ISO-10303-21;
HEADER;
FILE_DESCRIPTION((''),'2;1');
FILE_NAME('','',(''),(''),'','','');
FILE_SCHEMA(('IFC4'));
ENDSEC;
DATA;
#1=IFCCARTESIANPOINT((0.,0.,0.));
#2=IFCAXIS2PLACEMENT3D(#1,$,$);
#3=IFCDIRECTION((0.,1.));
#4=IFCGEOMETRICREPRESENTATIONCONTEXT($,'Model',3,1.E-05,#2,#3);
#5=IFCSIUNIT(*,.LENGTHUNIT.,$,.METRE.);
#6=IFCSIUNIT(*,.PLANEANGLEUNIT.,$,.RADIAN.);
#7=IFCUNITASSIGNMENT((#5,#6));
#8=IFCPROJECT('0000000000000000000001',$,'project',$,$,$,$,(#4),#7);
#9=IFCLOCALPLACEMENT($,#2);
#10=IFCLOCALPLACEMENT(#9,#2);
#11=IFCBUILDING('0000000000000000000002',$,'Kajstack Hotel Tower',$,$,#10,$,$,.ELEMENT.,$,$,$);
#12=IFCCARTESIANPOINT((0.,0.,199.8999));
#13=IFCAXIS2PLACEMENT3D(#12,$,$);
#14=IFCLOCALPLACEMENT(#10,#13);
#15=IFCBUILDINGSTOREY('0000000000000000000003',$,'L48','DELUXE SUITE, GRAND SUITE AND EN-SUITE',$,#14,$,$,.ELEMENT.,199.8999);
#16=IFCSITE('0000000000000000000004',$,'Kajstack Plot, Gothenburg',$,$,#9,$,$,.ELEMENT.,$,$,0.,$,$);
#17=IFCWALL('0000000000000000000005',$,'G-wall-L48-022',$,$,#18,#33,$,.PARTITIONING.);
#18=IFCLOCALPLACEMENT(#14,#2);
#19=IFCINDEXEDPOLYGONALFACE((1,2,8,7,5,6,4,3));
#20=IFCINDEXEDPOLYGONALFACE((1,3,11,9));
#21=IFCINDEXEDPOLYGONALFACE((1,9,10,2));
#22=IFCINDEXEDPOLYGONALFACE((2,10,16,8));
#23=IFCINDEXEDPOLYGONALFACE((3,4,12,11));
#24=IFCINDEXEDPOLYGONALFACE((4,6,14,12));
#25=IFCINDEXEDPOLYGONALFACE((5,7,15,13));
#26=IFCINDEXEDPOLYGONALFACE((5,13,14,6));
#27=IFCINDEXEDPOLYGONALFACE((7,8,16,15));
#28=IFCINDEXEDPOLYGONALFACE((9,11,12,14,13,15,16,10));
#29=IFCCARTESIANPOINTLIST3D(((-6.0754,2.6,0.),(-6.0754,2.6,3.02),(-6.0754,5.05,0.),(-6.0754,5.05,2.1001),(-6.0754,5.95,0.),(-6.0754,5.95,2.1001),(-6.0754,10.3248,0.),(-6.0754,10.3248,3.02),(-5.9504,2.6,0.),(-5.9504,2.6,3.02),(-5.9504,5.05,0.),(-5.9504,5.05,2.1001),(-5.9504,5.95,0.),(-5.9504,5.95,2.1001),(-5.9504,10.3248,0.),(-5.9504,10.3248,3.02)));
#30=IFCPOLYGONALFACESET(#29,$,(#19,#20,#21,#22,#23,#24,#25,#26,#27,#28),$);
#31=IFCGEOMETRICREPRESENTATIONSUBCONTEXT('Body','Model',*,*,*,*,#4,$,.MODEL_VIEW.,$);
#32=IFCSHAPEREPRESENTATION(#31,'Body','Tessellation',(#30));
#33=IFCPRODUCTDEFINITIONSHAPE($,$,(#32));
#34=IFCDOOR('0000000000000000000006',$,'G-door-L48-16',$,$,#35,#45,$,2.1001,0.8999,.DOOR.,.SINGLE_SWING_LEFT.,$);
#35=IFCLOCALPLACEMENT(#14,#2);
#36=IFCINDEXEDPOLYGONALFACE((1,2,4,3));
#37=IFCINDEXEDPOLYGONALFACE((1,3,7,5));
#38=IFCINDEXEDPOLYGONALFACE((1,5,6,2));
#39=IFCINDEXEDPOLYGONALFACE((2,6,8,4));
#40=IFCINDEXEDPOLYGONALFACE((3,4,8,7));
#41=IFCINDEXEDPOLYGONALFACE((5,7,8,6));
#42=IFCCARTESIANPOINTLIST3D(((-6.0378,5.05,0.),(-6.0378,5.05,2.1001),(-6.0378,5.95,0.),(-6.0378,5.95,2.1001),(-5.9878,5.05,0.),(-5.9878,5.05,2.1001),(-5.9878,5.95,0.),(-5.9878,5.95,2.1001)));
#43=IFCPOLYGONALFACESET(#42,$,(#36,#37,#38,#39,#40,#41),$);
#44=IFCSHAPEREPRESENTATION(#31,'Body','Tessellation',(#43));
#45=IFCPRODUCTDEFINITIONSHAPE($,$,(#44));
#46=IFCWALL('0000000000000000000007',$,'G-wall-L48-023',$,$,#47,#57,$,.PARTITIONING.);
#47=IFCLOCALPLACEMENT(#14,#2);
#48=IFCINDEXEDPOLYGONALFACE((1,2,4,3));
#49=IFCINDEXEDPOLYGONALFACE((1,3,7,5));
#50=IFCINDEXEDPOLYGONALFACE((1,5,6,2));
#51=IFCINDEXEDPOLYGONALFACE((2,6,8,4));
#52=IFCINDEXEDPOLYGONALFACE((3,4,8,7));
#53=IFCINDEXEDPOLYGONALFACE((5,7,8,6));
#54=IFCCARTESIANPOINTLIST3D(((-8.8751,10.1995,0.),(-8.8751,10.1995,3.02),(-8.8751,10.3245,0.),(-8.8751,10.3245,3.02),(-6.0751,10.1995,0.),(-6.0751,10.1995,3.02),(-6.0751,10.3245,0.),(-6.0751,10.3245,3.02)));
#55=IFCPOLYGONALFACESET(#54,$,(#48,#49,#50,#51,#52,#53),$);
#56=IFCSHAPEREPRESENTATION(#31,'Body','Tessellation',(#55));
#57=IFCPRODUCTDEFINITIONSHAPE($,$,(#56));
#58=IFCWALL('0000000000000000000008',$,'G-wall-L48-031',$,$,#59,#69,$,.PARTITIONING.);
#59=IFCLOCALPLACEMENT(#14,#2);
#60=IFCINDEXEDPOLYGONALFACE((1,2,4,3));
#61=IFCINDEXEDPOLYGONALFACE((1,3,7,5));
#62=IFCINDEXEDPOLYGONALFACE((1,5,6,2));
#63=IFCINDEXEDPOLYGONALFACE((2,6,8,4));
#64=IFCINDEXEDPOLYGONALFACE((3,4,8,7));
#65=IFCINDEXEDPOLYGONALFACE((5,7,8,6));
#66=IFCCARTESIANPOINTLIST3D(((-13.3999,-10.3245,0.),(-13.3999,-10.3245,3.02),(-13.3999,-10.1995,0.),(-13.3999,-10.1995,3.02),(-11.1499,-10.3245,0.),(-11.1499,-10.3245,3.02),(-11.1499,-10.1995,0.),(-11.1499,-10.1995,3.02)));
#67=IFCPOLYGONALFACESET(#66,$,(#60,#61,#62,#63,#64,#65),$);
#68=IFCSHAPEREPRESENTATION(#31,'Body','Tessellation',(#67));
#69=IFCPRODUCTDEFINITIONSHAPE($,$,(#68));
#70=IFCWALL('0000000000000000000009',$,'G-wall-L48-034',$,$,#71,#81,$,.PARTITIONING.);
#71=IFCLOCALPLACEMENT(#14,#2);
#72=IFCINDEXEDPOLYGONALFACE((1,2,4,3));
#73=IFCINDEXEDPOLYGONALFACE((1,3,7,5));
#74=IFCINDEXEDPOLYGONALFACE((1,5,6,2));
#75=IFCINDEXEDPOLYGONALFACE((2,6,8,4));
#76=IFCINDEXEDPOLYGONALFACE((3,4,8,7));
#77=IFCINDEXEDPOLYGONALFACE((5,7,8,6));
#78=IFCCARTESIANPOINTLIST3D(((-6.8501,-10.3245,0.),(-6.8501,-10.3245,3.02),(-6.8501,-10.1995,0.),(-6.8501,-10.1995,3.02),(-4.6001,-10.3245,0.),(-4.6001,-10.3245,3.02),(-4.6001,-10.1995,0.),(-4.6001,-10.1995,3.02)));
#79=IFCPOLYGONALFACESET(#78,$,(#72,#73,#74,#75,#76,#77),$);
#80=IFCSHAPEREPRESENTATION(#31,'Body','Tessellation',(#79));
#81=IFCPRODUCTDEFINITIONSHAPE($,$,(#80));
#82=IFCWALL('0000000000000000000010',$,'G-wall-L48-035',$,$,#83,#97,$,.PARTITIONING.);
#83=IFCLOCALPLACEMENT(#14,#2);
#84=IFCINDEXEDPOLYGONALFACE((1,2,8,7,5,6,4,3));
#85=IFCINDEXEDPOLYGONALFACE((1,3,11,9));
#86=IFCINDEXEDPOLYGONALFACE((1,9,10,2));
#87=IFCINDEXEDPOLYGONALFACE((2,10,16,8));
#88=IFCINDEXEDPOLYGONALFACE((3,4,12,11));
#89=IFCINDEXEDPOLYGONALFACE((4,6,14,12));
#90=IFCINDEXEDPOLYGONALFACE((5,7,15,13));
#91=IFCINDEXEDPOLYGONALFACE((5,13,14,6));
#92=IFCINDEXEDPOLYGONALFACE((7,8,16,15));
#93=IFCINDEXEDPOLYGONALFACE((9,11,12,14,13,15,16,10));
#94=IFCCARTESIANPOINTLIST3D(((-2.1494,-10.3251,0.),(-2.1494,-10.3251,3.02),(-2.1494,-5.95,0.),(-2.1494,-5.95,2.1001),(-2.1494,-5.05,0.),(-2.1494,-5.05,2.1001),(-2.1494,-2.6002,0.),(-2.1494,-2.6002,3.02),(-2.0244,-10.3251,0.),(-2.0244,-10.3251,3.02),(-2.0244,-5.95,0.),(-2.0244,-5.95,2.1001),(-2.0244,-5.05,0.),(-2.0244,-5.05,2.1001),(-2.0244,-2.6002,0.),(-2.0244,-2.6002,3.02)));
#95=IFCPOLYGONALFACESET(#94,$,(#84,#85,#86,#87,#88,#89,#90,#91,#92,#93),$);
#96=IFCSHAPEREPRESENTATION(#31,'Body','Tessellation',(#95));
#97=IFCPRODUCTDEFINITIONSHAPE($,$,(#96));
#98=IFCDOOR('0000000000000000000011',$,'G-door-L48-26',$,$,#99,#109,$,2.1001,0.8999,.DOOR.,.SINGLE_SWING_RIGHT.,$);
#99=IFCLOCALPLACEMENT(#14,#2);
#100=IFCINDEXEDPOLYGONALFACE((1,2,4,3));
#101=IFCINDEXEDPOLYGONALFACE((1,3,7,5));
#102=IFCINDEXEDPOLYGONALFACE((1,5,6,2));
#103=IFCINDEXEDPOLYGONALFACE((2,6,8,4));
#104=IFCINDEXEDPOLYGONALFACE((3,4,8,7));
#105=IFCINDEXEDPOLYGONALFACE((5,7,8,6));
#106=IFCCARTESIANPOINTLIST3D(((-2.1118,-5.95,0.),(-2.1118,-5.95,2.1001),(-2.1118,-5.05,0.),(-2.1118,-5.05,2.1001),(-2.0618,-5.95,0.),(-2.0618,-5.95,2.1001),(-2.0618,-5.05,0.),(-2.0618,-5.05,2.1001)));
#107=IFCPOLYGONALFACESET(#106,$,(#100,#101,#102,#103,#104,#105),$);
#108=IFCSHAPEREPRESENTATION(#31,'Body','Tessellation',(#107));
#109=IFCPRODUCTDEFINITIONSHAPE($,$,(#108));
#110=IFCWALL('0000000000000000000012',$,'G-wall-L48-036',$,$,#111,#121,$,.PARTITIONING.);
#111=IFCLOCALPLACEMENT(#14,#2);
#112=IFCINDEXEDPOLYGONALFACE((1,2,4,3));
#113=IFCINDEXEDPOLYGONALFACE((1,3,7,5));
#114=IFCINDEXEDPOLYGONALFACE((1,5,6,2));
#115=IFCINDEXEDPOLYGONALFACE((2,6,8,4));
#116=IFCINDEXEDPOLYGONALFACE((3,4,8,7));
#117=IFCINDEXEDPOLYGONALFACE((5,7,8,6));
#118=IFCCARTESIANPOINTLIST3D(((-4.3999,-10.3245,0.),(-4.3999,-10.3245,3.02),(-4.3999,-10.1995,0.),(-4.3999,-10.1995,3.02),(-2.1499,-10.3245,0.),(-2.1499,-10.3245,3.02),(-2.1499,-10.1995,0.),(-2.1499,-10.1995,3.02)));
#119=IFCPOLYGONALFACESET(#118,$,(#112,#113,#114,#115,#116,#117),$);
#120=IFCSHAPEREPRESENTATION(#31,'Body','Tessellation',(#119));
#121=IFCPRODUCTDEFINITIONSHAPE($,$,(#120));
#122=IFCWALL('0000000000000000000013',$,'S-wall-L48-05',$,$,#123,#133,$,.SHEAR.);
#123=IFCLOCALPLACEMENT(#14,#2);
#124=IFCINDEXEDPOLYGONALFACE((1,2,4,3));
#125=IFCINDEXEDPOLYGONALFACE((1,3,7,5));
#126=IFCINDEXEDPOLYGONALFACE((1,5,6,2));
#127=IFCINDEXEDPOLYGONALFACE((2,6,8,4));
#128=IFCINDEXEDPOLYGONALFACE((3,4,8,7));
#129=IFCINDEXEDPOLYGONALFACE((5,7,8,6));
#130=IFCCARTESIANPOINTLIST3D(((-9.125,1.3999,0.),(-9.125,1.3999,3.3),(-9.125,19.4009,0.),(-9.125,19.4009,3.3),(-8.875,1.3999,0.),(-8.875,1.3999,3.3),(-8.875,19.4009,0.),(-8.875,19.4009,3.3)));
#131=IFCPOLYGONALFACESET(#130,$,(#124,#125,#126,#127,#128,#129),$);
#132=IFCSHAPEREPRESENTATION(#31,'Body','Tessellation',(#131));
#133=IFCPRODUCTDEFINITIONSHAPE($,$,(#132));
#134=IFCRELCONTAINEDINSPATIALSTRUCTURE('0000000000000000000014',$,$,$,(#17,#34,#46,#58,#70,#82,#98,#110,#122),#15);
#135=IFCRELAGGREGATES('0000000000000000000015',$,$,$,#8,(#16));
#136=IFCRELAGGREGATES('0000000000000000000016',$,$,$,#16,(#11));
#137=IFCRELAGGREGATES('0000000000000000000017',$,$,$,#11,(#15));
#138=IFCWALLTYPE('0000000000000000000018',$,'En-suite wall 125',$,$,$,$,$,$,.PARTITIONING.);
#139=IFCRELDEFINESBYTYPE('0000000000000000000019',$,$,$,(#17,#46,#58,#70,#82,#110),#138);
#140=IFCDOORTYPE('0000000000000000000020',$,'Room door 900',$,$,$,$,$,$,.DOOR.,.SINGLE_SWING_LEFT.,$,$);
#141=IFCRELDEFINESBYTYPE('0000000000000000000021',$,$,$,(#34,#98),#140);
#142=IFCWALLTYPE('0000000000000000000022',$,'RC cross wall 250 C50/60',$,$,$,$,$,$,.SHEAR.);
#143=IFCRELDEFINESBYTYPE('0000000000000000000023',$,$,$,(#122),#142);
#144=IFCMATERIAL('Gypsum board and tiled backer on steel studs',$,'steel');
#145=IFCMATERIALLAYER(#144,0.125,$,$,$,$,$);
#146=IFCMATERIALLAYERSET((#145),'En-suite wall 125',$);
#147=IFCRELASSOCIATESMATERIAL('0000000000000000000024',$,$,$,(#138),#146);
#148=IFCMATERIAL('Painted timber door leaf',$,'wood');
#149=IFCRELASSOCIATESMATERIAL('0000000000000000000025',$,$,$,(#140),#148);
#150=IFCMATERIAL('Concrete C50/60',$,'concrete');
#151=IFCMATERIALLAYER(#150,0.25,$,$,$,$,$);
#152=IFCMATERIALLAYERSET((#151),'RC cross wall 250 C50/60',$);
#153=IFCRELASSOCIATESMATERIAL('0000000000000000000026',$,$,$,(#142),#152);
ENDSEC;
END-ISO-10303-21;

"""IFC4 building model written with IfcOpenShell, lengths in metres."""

from ifc_helpers import new_model, si_unit, direction, frame, frame_2d, origin, place, context, subcontext, project, spatial, rectangle, extrude, material, layer, layer_set, type_object, element, fill, save


model = new_model("IFC4")

# Units and contexts
model_context = context("Model", 3, precision=1e-05, world=origin(), true_north=direction((0.0, 1.0)))
body_context = subcontext(model_context, "Body", "Model", "MODEL_VIEW")
ifc_project = project(units=[si_unit("LENGTHUNIT", "METRE"), si_unit("PLANEANGLEUNIT", "RADIAN")], contexts=[model_context])

# Site, building, storey
site_placement = place(None, origin())
site = spatial("IfcSite", under=ifc_project, at=site_placement, Name="Kajstack Plot, Gothenburg", CompositionType="ELEMENT", RefElevation=0.0)
building_placement = place(site_placement, origin())
building = spatial("IfcBuilding", under=site, at=building_placement, Name="Kajstack Hotel Tower", CompositionType="ELEMENT")
storey_placement = place(building_placement, frame((0.0, 0.0, 199.8999)))
storey = spatial("IfcBuildingStorey", under=building, at=storey_placement, Name="L48", Description="DELUXE SUITE, GRAND SUITE AND EN-SUITE", CompositionType="ELEMENT", Elevation=199.8999)

# Shared definitions
ifc_material_1 = material(Name="Gypsum board and tiled backer on steel studs", Category="steel")
ifc_layer_1 = layer(ifc_material_1, 0.125)
ifc_layer_set_1 = layer_set([ifc_layer_1], Name="En-suite wall 125")
wall_type_1 = type_object("IfcWallType", Name="En-suite wall 125", PredefinedType="PARTITIONING", material=ifc_layer_set_1)
ifc_material_2 = material(Name="Painted timber door leaf", Category="wood")
door_type_1 = type_object("IfcDoorType", Name="Room door 900", OperationType="SINGLE_SWING_LEFT", PredefinedType="DOOR", material=ifc_material_2)

# Wall, opening, door
wall_1_placement = place(storey_placement, frame((-6.0129, 2.6001, 0.0), z_axis=(0.0, 0.0, 1.0), x_axis=(0.0, 1.0, 0.0)))
wall_1 = element("IfcWall", 1, at=wall_1_placement, inside=storey, type_object=wall_type_1, Name="G-wall-L48-022", PredefinedType="PARTITIONING", context=body_context, shape_type="SweptSolid", body=[
    extrude(rectangle(XDim=7.7249, YDim=0.125, at=frame_2d((3.8623, 0.0))), origin(), (0.0, 0.0, 1.0), 3.02),
])
opening_1_placement = place(wall_1_placement, frame((2.45, 0.0, 0.0)))
opening_1 = element("IfcOpeningElement", 2, at=opening_1_placement, cuts=wall_1, PredefinedType="OPENING", context=body_context, shape_type="SweptSolid", body=[
    extrude(rectangle(XDim=0.8999, YDim=2.1001, at=frame_2d((0.45, 1.05))), frame((0.0, 0.0725, 0.0), z_axis=(0.0, -1.0, 0.0), x_axis=(1.0, 0.0, 0.0)), (0.0, 0.0, 1.0), 0.145),
])
door_1_placement = place(opening_1_placement, origin())
door_1 = element("IfcDoor", 3, at=door_1_placement, inside=storey, type_object=door_type_1, Name="G-door-L48-16", OperationType="SINGLE_SWING_LEFT", OverallHeight=2.1001, OverallWidth=0.8999, PredefinedType="DOOR", context=body_context, shape_type="SweptSolid", body=[
    extrude(rectangle(XDim=0.8999, YDim=2.1001, at=frame_2d((0.45, 1.05))), frame((0.0, 0.0249, 0.0), z_axis=(0.0, -1.0, 0.0), x_axis=(1.0, 0.0, 0.0)), (0.0, 0.0, 1.0), 0.05),
])
fill(opening_1, door_1)

# Walls
wall_2_placement = place(storey_placement, frame((-8.875, 10.262, 0.0), z_axis=(0.0, 0.0, 1.0), x_axis=(1.0, 0.0, 0.0)))
element("IfcWall", 4, at=wall_2_placement, inside=storey, type_object=wall_type_1, Name="G-wall-L48-023", PredefinedType="PARTITIONING", context=body_context, shape_type="SweptSolid", body=[
    extrude(rectangle(XDim=2.8, YDim=0.125, at=frame_2d((1.3999, 0.0))), origin(), (0.0, 0.0, 1.0), 3.02),
])
for number, where, z_axis, x_axis, name in (
    (5, (-13.3999, -10.262, 0.0), (0.0, 0.0, 1.0), (1.0, 0.0, 0.0), "G-wall-L48-031"),
    (6, (-6.8501, -10.262, 0.0), (0.0, 0.0, 1.0), (1.0, 0.0, 0.0), "G-wall-L48-034"),
):
    element("IfcWall", number, at=place(storey_placement, frame(where, z_axis=z_axis, x_axis=x_axis)), inside=storey, type_object=wall_type_1, Name=name, PredefinedType="PARTITIONING", context=body_context, shape_type="SweptSolid", body=[
        extrude(rectangle(XDim=2.25, YDim=0.125, at=frame_2d((1.125, 0.0))), origin(), (0.0, 0.0, 1.0), 3.02),
    ])

# Wall, opening, door
wall_3_placement = place(storey_placement, frame((-2.0869, -10.325, 0.0), z_axis=(0.0, 0.0, 1.0), x_axis=(0.0, 1.0, 0.0)))
wall_3 = element("IfcWall", 7, at=wall_3_placement, inside=storey, type_object=wall_type_1, Name="G-wall-L48-035", PredefinedType="PARTITIONING", context=body_context, shape_type="SweptSolid", body=[
    extrude(rectangle(XDim=7.7249, YDim=0.125, at=frame_2d((3.8623, 0.0))), origin(), (0.0, 0.0, 1.0), 3.02),
])
opening_2_placement = place(wall_3_placement, frame((4.375, 0.0, 0.0)))
opening_2 = element("IfcOpeningElement", 8, at=opening_2_placement, cuts=wall_3, PredefinedType="OPENING", context=body_context, shape_type="SweptSolid", body=[
    extrude(rectangle(XDim=0.8999, YDim=2.1001, at=frame_2d((0.45, 1.05))), frame((0.0, 0.0725, 0.0), z_axis=(0.0, -1.0, 0.0), x_axis=(1.0, 0.0, 0.0)), (0.0, 0.0, 1.0), 0.145),
])
door_2_placement = place(opening_2_placement, origin())
door_2 = element("IfcDoor", 9, at=door_2_placement, inside=storey, type_object=door_type_1, Name="G-door-L48-26", OperationType="SINGLE_SWING_RIGHT", OverallHeight=2.1001, OverallWidth=0.8999, PredefinedType="DOOR", context=body_context, shape_type="SweptSolid", body=[
    extrude(rectangle(XDim=0.8999, YDim=2.1001, at=frame_2d((0.45, 1.05))), frame((0.0, 0.0249, 0.0), z_axis=(0.0, -1.0, 0.0), x_axis=(1.0, 0.0, 0.0)), (0.0, 0.0, 1.0), 0.05),
])
fill(opening_2, door_2)

# Walls
wall_4_placement = place(storey_placement, frame((-4.3999, -10.262, 0.0), z_axis=(0.0, 0.0, 1.0), x_axis=(1.0, 0.0, 0.0)))
element("IfcWall", 10, at=wall_4_placement, inside=storey, type_object=wall_type_1, Name="G-wall-L48-036", PredefinedType="PARTITIONING", context=body_context, shape_type="SweptSolid", body=[
    extrude(rectangle(XDim=2.25, YDim=0.125, at=frame_2d((1.125, 0.0))), origin(), (0.0, 0.0, 1.0), 3.02),
])
ifc_material_3 = material(Name="Concrete C50/60", Category="concrete")
ifc_layer_2 = layer(ifc_material_3, 0.25)
ifc_layer_set_2 = layer_set([ifc_layer_2], Name="RC cross wall 250 C50/60")
wall_type_2 = type_object("IfcWallType", Name="RC cross wall 250 C50/60", PredefinedType="SHEAR", material=ifc_layer_set_2)
wall_5_placement = place(storey_placement, frame((-9.0, 1.3999, 0.0), z_axis=(0.0, 0.0, 1.0), x_axis=(0.0, 1.0, 0.0)))
element("IfcWall", 11, at=wall_5_placement, inside=storey, type_object=wall_type_2, Name="S-wall-L48-05", PredefinedType="SHEAR", context=body_context, shape_type="SweptSolid", body=[
    extrude(rectangle(XDim=18.001, YDim=0.25, at=frame_2d((9.0005, 0.0))), origin(), (0.0, 0.0, 1.0), 3.3),
])

save(model, "model.ifc")
